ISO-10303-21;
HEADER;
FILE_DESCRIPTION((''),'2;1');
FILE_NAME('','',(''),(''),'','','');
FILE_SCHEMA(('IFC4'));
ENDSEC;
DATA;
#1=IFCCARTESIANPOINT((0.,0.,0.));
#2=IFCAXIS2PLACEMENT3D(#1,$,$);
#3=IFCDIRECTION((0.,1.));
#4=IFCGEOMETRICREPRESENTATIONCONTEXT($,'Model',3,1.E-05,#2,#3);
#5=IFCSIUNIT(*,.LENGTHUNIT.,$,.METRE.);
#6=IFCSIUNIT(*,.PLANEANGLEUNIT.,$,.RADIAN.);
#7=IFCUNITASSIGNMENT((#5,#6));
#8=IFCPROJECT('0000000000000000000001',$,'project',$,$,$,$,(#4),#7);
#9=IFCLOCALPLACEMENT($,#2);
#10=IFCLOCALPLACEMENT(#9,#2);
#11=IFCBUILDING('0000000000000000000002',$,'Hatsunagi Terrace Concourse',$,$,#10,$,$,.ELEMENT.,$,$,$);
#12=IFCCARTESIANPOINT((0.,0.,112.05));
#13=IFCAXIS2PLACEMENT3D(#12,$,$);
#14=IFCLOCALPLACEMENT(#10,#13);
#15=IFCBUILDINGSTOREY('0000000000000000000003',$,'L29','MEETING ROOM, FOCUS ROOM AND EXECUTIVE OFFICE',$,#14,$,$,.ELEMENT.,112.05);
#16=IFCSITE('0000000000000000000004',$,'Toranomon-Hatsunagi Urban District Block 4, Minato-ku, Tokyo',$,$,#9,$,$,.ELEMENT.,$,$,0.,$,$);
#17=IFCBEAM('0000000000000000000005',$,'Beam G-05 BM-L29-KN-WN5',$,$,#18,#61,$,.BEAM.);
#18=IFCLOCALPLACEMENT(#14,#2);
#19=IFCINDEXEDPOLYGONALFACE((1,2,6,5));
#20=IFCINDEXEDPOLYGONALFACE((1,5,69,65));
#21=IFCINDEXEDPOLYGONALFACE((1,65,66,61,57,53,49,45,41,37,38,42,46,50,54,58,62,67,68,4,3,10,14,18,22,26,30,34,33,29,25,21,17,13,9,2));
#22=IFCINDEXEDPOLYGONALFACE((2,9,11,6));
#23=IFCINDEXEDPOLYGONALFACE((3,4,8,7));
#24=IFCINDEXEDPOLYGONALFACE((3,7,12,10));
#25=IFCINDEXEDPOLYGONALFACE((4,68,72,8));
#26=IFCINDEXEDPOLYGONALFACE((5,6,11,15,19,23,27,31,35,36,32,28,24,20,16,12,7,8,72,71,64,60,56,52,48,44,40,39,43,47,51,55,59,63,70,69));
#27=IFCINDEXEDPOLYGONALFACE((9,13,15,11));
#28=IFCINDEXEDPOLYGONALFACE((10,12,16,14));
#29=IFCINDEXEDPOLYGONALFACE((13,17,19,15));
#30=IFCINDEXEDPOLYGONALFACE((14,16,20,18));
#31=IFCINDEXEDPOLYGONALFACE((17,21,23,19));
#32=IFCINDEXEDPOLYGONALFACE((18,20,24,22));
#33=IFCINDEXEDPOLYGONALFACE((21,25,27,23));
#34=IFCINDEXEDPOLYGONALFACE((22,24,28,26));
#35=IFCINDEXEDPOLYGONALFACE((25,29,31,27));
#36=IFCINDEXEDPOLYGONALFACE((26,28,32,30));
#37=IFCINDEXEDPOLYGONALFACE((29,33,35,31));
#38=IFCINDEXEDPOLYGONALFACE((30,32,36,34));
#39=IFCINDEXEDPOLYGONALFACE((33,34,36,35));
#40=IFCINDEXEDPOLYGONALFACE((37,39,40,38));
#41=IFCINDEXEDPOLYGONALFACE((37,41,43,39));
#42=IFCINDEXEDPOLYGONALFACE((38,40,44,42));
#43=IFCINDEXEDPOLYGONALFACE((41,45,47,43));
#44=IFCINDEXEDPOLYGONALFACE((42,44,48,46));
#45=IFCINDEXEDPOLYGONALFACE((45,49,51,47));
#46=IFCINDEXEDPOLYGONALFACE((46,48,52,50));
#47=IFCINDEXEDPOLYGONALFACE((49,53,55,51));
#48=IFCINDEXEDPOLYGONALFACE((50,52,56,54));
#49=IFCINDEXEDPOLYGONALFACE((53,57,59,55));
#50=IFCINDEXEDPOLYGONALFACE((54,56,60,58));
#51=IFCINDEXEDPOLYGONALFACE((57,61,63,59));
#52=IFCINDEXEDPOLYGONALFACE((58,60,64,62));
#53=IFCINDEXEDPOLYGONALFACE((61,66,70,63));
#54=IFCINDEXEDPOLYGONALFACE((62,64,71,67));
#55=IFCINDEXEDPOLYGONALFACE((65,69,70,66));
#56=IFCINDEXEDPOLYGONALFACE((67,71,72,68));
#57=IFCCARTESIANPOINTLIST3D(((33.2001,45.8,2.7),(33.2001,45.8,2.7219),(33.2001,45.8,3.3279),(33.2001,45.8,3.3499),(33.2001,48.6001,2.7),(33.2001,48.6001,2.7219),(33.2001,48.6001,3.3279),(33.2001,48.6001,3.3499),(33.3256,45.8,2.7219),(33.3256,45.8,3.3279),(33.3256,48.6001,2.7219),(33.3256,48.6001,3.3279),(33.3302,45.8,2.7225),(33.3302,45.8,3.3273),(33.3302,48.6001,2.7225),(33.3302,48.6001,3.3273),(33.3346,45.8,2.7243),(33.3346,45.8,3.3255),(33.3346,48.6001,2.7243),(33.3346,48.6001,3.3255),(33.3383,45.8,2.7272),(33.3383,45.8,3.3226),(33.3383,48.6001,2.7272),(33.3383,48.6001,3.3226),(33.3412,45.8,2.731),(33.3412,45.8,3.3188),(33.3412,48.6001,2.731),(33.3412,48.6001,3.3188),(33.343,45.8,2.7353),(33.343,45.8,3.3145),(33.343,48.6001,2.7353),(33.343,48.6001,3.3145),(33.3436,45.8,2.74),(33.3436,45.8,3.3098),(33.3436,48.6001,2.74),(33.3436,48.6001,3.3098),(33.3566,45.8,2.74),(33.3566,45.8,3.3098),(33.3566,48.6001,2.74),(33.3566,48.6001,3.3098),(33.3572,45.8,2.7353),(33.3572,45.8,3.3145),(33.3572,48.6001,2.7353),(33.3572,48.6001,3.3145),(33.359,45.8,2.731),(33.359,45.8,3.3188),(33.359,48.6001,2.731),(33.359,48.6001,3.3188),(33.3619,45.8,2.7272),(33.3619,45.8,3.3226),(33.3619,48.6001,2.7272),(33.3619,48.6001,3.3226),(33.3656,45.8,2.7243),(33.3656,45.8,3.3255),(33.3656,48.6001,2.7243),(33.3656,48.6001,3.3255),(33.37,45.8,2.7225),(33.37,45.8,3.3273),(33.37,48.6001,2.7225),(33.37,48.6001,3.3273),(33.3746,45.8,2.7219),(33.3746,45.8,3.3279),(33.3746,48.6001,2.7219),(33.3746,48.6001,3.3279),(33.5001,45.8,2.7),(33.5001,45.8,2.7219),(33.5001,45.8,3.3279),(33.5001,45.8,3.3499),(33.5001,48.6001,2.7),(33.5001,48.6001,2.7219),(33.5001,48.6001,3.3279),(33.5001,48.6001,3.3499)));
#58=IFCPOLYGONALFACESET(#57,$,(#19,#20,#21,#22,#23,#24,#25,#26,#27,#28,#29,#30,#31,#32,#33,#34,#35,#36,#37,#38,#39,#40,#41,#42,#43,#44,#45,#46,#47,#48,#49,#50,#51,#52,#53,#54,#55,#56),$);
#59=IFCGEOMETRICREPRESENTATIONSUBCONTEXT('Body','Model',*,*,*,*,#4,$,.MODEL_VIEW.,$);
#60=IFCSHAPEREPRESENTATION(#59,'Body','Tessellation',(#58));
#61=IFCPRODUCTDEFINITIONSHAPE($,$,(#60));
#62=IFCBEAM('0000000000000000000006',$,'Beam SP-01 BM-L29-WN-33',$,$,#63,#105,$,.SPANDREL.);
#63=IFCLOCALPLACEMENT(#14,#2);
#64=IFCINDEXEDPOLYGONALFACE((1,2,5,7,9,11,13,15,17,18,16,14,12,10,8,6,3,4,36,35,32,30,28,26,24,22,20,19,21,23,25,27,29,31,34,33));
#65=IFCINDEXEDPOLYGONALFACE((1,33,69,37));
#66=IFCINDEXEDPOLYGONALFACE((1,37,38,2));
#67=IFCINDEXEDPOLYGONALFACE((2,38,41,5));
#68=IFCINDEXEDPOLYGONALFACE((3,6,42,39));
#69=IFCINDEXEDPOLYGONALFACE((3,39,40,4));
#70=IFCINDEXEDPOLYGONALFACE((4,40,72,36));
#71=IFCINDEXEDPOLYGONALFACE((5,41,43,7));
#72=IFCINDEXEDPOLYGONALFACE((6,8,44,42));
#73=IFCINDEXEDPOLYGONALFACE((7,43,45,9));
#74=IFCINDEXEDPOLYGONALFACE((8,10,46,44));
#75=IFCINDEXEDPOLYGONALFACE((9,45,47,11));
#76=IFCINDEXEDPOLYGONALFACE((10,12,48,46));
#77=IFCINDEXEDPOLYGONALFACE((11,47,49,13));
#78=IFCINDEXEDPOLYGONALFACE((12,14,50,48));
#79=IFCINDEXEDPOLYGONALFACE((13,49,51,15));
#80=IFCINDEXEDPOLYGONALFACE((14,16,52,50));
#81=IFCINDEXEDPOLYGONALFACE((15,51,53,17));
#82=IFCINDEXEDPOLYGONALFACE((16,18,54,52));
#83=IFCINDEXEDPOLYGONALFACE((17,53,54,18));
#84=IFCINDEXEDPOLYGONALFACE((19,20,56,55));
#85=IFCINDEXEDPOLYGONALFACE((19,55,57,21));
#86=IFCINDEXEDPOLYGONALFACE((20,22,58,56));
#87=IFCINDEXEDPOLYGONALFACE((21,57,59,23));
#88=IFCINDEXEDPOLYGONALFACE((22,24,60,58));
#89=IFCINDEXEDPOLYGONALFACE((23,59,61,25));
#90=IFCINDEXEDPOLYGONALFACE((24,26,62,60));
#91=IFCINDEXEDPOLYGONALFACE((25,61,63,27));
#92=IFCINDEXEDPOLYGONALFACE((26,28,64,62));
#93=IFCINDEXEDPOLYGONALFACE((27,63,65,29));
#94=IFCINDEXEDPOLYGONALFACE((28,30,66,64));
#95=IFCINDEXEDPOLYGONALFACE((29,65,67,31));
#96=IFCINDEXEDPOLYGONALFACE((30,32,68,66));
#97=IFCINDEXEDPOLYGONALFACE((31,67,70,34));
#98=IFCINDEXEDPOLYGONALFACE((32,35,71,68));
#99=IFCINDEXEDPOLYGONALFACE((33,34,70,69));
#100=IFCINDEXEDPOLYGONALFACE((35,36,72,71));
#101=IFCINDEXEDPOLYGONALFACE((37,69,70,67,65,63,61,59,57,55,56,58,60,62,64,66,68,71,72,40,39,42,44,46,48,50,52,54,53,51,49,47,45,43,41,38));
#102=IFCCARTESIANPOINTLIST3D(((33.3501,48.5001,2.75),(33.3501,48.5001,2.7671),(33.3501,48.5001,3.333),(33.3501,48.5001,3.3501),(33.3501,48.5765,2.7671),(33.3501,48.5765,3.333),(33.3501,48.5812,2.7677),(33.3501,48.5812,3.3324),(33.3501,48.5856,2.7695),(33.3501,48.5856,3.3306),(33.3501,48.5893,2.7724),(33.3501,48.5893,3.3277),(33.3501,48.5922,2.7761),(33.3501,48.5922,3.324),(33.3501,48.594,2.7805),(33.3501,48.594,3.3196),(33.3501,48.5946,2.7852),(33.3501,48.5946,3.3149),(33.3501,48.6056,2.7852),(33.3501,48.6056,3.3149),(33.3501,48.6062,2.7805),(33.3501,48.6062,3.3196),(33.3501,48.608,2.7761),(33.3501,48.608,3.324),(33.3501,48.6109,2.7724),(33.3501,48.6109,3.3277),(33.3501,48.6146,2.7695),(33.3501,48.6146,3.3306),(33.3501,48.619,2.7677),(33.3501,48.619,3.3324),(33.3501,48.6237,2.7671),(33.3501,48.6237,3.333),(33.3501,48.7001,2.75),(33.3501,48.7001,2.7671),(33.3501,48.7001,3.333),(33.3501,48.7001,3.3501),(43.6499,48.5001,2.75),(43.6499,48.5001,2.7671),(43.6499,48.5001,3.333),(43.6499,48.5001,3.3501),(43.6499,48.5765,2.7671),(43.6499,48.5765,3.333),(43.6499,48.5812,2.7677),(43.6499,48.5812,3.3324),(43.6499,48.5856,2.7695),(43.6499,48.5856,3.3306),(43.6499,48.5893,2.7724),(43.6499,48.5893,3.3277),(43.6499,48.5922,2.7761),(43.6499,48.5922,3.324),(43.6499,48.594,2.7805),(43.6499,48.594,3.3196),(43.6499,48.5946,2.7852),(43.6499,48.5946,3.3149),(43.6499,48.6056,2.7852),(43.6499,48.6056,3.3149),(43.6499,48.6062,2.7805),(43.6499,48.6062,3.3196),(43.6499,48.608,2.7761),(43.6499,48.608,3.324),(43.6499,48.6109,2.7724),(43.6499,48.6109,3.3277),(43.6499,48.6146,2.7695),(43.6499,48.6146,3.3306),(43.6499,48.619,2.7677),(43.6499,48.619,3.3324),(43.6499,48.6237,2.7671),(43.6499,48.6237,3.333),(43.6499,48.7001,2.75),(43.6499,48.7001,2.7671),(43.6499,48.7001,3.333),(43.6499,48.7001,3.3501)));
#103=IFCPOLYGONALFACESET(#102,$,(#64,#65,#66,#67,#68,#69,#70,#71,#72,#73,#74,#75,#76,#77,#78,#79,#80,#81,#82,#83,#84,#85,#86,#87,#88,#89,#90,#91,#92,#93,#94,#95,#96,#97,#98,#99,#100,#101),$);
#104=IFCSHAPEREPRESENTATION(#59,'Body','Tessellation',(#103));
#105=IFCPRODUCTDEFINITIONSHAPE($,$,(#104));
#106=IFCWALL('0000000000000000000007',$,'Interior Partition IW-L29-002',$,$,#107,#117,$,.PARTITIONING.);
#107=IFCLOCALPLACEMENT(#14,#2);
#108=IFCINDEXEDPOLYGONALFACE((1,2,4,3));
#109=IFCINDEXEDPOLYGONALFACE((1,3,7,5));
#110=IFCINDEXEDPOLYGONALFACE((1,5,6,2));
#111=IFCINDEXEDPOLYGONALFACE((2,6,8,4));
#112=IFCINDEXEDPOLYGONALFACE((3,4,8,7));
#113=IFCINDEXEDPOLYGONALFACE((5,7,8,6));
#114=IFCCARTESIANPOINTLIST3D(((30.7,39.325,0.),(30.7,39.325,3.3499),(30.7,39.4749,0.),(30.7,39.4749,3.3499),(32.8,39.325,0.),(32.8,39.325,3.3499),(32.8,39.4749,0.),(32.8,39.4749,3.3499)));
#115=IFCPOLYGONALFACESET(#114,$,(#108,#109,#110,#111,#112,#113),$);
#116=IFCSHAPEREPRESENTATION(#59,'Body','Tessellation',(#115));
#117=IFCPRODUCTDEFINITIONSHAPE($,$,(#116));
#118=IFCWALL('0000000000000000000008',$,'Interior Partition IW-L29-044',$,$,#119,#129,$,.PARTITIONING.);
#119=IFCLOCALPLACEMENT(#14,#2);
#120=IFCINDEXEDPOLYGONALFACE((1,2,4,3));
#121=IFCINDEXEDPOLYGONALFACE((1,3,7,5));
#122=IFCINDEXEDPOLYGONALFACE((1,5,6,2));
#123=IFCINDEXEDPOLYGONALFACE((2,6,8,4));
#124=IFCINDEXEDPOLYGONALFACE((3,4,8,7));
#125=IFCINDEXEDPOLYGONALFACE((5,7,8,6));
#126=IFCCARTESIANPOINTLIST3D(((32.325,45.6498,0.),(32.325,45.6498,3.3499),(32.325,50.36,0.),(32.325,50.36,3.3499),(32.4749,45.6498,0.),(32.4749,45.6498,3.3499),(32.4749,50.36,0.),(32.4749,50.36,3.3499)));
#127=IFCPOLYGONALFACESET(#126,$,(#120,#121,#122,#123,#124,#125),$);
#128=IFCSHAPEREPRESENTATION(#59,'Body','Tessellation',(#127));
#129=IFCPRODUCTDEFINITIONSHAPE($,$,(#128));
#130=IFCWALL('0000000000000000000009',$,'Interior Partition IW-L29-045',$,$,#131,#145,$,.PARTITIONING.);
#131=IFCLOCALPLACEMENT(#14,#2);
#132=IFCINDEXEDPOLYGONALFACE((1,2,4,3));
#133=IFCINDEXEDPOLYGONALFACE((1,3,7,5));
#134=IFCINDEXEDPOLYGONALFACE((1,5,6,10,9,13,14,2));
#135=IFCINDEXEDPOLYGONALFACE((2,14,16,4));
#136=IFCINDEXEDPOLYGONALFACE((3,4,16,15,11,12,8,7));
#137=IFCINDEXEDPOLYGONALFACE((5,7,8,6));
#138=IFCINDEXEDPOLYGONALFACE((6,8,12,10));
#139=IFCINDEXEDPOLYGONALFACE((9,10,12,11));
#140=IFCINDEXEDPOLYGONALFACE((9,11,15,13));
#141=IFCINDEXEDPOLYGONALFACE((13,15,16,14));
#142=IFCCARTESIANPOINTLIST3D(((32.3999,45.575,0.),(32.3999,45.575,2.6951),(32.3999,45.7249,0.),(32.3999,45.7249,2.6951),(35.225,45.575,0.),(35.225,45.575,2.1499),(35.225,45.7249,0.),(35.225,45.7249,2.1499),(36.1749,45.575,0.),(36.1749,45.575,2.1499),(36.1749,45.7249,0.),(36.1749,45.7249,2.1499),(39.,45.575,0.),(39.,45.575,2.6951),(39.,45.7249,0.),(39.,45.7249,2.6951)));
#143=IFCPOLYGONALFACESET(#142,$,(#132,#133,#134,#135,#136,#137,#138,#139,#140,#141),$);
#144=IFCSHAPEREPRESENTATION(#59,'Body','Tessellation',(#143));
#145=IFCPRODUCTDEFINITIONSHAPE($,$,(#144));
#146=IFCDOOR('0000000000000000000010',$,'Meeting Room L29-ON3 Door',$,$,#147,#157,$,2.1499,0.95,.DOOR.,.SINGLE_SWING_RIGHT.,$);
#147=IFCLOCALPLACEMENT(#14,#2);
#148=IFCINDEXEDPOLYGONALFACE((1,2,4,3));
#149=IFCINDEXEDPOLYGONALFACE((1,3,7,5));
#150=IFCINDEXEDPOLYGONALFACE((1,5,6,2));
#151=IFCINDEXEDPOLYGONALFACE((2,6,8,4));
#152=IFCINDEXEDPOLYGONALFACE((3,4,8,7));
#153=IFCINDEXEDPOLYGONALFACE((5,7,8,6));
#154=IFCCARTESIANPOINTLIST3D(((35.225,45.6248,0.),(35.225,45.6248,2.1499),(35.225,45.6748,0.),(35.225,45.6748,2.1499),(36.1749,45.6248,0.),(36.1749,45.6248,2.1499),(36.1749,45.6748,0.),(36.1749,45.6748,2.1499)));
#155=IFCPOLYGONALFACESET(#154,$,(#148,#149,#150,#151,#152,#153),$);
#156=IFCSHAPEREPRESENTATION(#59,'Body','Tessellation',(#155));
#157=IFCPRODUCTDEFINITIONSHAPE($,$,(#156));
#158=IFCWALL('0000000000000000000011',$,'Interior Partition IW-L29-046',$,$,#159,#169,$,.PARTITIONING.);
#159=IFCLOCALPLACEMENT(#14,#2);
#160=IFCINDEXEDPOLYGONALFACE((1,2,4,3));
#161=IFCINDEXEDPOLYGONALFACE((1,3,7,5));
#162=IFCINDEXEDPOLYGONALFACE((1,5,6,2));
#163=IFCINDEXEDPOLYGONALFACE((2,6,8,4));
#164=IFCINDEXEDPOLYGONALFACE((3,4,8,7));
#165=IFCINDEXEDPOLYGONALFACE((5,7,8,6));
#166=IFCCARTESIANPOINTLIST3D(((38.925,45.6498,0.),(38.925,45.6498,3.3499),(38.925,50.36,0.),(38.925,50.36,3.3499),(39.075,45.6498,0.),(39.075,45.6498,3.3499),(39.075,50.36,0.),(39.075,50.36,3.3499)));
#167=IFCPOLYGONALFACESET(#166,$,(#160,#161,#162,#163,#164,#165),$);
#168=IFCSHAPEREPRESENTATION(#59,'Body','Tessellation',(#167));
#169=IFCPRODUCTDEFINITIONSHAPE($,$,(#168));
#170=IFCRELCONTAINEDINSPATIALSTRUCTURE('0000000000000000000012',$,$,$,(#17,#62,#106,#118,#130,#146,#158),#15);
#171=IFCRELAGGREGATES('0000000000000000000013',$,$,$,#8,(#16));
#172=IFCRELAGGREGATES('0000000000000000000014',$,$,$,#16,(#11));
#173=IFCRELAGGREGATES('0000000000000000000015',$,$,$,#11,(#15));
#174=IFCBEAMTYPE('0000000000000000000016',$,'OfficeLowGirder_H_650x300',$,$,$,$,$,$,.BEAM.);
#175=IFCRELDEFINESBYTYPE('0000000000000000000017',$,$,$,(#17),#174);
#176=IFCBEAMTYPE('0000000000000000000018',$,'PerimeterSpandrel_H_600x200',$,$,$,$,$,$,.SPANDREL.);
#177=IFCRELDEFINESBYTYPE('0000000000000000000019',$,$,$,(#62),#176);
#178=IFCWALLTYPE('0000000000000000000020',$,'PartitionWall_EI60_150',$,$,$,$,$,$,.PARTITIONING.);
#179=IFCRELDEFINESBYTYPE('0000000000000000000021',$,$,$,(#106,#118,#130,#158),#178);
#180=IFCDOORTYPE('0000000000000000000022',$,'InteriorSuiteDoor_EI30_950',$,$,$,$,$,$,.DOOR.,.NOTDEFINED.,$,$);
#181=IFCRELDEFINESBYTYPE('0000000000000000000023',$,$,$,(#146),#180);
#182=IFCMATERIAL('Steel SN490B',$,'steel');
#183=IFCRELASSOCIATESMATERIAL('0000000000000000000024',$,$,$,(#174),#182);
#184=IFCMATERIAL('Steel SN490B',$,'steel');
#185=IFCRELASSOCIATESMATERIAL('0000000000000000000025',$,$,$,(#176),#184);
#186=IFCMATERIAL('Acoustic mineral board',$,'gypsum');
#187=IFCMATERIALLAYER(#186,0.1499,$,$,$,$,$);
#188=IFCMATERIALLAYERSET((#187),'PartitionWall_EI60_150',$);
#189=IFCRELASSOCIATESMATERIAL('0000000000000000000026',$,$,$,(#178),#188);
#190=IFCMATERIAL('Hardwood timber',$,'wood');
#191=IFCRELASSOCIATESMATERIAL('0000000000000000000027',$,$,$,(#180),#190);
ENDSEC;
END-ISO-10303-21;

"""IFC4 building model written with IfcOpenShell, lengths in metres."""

from ifc_helpers import new_model, si_unit, direction, frame, frame_2d, origin, origin_2d, place, context, subcontext, project, spatial, rectangle, i_section, extrude, material, layer, layer_set, material_profile, profile_set, type_object, element, fill, save


model = new_model("IFC4")

# Units and contexts
model_context = context("Model", 3, precision=1e-05, world=origin(), true_north=direction((0.0, 1.0)))
body_context = subcontext(model_context, "Body", "Model", "MODEL_VIEW")
ifc_project = project(units=[si_unit("LENGTHUNIT", "METRE"), si_unit("PLANEANGLEUNIT", "RADIAN")], contexts=[model_context])

# Site, building, storey
site_placement = place(None, origin())
site = spatial("IfcSite", under=ifc_project, at=site_placement, Name="Toranomon-Hatsunagi Urban District Block 4, Minato-ku, Tokyo", CompositionType="ELEMENT", RefElevation=0.0)
building_placement = place(site_placement, origin())
building = spatial("IfcBuilding", under=site, at=building_placement, Name="Hatsunagi Terrace Concourse", CompositionType="ELEMENT")
storey_placement = place(building_placement, frame((0.0, 0.0, 112.05)))
storey = spatial("IfcBuildingStorey", under=building, at=storey_placement, Name="L29", Description="MEETING ROOM, FOCUS ROOM AND EXECUTIVE OFFICE", CompositionType="ELEMENT", Elevation=112.05)

# Beams
ifc_material_1 = material(Name="Steel SN490B", Category="steel")
ifc_material_profile_1 = material_profile(ifc_material_1, i_section(OverallWidth=0.3, OverallDepth=0.6499, WebThickness=0.0129, FlangeThickness=0.022, FilletRadius=0.0181, at=origin_2d()), Name="H-650x300x13x22")
ifc_profile_set_1 = profile_set([ifc_material_profile_1], Name="Steel SN490B")
beam_type_1 = type_object("IfcBeamType", Name="OfficeLowGirder_H_650x300", PredefinedType="BEAM", material=ifc_profile_set_1)
beam_1_placement = place(storey_placement, frame((33.3501, 45.8, 3.0249), z_axis=(0.0, 1.0, 0.0), x_axis=(-1.0, 0.0, 0.0)))
element("IfcBeam", 1, at=beam_1_placement, inside=storey, type_object=beam_type_1, Name="Beam G-05 BM-L29-KN-WN5", PredefinedType="BEAM", context=body_context, shape_type="SweptSolid", body=[
    extrude(i_section(OverallWidth=0.3, OverallDepth=0.6499, WebThickness=0.0129, FlangeThickness=0.022, FilletRadius=0.0181, at=origin_2d()), origin(), (0.0, 0.0, 1.0), 2.8),
])
ifc_material_2 = material(Name="Steel SN490B", Category="steel")
ifc_material_profile_2 = material_profile(ifc_material_2, i_section(OverallWidth=0.2, OverallDepth=0.6001, WebThickness=0.011, FlangeThickness=0.0171, FilletRadius=0.0181, at=origin_2d()), Name="H-600x200x11x17")
ifc_profile_set_2 = profile_set([ifc_material_profile_2], Name="Steel SN490B")
beam_type_2 = type_object("IfcBeamType", Name="PerimeterSpandrel_H_600x200", PredefinedType="SPANDREL", material=ifc_profile_set_2)
beam_2_placement = place(storey_placement, frame((33.3501, 48.6001, 3.05), z_axis=(1.0, 0.0, 0.0), x_axis=(0.0, 1.0, 0.0)))
element("IfcBeam", 2, at=beam_2_placement, inside=storey, type_object=beam_type_2, Name="Beam SP-01 BM-L29-WN-33", PredefinedType="SPANDREL", context=body_context, shape_type="SweptSolid", body=[
    extrude(i_section(OverallWidth=0.2, OverallDepth=0.6001, WebThickness=0.011, FlangeThickness=0.0171, FilletRadius=0.0181, at=origin_2d()), origin(), (0.0, 0.0, 1.0), 10.2998),
])

# Walls
ifc_material_3 = material(Name="Acoustic mineral board", Category="gypsum")
ifc_layer_1 = layer(ifc_material_3, 0.1499)
ifc_layer_set_1 = layer_set([ifc_layer_1], Name="PartitionWall_EI60_150")
wall_type_1 = type_object("IfcWallType", Name="PartitionWall_EI60_150", PredefinedType="PARTITIONING", material=ifc_layer_set_1)
wall_1_placement = place(storey_placement, frame((30.7, 39.3999, 0.0), z_axis=(0.0, 0.0, 1.0), x_axis=(1.0, 0.0, 0.0)))
element("IfcWall", 3, at=wall_1_placement, inside=storey, type_object=wall_type_1, Name="Interior Partition IW-L29-002", PredefinedType="PARTITIONING", context=body_context, shape_type="SweptSolid", body=[
    extrude(rectangle(XDim=2.1001, YDim=0.1499, at=frame_2d((1.05, 0.0))), origin(), (0.0, 0.0, 1.0), 3.3499),
])
wall_2_placement = place(storey_placement, frame((32.3999, 45.6499, 0.0), z_axis=(0.0, 0.0, 1.0), x_axis=(0.0, 1.0, 0.0)))
element("IfcWall", 4, at=wall_2_placement, inside=storey, type_object=wall_type_1, Name="Interior Partition IW-L29-044", PredefinedType="PARTITIONING", context=body_context, shape_type="SweptSolid", body=[
    extrude(rectangle(XDim=4.7102, YDim=0.1499, at=frame_2d((2.355, 0.0))), origin(), (0.0, 0.0, 1.0), 3.3499),
])

# Wall, opening, door
wall_3_placement = place(storey_placement, frame((32.3999, 45.6499, 0.0), z_axis=(0.0, 0.0, 1.0), x_axis=(1.0, 0.0, 0.0)))
wall_3 = element("IfcWall", 5, at=wall_3_placement, inside=storey, type_object=wall_type_1, Name="Interior Partition IW-L29-045", PredefinedType="PARTITIONING", context=body_context, shape_type="SweptSolid", body=[
    extrude(rectangle(XDim=6.6001, YDim=0.1499, at=frame_2d((3.3, 0.0))), origin(), (0.0, 0.0, 1.0), 2.6951),
])
opening_1_placement = place(wall_3_placement, frame((2.825, 0.0, 0.0)))
opening_1 = element("IfcOpeningElement", 6, at=opening_1_placement, cuts=wall_3, PredefinedType="OPENING", context=body_context, shape_type="SweptSolid", body=[
    extrude(rectangle(XDim=0.95, YDim=2.1499, at=frame_2d((0.4751, 1.075))), frame((0.0, 0.085, 0.0), z_axis=(0.0, -1.0, 0.0), x_axis=(1.0, 0.0, 0.0)), (0.0, 0.0, 1.0), 0.1699),
])
ifc_material_4 = material(Name="Hardwood timber", Category="wood")
door_type_1 = type_object("IfcDoorType", Name="InteriorSuiteDoor_EI30_950", OperationType="NOTDEFINED", PredefinedType="DOOR", material=ifc_material_4)
door_1_placement = place(opening_1_placement, origin())
door_1 = element("IfcDoor", 7, at=door_1_placement, inside=storey, type_object=door_type_1, Name="Meeting Room L29-ON3 Door", OperationType="SINGLE_SWING_RIGHT", OverallHeight=2.1499, OverallWidth=0.95, PredefinedType="DOOR", context=body_context, shape_type="SweptSolid", body=[
    extrude(rectangle(XDim=0.95, YDim=2.1499, at=frame_2d((0.4751, 1.075))), frame((0.0, 0.0249, 0.0), z_axis=(0.0, -1.0, 0.0), x_axis=(1.0, 0.0, 0.0)), (0.0, 0.0, 1.0), 0.05),
])
fill(opening_1, door_1)

# Wall
wall_4_placement = place(storey_placement, frame((39.0, 45.6499, 0.0), z_axis=(0.0, 0.0, 1.0), x_axis=(0.0, 1.0, 0.0)))
element("IfcWall", 8, at=wall_4_placement, inside=storey, type_object=wall_type_1, Name="Interior Partition IW-L29-046", PredefinedType="PARTITIONING", context=body_context, shape_type="SweptSolid", body=[
    extrude(rectangle(XDim=4.7102, YDim=0.1499, at=frame_2d((2.355, 0.0))), origin(), (0.0, 0.0, 1.0), 3.3499),
])

save(model, "model.ifc")
